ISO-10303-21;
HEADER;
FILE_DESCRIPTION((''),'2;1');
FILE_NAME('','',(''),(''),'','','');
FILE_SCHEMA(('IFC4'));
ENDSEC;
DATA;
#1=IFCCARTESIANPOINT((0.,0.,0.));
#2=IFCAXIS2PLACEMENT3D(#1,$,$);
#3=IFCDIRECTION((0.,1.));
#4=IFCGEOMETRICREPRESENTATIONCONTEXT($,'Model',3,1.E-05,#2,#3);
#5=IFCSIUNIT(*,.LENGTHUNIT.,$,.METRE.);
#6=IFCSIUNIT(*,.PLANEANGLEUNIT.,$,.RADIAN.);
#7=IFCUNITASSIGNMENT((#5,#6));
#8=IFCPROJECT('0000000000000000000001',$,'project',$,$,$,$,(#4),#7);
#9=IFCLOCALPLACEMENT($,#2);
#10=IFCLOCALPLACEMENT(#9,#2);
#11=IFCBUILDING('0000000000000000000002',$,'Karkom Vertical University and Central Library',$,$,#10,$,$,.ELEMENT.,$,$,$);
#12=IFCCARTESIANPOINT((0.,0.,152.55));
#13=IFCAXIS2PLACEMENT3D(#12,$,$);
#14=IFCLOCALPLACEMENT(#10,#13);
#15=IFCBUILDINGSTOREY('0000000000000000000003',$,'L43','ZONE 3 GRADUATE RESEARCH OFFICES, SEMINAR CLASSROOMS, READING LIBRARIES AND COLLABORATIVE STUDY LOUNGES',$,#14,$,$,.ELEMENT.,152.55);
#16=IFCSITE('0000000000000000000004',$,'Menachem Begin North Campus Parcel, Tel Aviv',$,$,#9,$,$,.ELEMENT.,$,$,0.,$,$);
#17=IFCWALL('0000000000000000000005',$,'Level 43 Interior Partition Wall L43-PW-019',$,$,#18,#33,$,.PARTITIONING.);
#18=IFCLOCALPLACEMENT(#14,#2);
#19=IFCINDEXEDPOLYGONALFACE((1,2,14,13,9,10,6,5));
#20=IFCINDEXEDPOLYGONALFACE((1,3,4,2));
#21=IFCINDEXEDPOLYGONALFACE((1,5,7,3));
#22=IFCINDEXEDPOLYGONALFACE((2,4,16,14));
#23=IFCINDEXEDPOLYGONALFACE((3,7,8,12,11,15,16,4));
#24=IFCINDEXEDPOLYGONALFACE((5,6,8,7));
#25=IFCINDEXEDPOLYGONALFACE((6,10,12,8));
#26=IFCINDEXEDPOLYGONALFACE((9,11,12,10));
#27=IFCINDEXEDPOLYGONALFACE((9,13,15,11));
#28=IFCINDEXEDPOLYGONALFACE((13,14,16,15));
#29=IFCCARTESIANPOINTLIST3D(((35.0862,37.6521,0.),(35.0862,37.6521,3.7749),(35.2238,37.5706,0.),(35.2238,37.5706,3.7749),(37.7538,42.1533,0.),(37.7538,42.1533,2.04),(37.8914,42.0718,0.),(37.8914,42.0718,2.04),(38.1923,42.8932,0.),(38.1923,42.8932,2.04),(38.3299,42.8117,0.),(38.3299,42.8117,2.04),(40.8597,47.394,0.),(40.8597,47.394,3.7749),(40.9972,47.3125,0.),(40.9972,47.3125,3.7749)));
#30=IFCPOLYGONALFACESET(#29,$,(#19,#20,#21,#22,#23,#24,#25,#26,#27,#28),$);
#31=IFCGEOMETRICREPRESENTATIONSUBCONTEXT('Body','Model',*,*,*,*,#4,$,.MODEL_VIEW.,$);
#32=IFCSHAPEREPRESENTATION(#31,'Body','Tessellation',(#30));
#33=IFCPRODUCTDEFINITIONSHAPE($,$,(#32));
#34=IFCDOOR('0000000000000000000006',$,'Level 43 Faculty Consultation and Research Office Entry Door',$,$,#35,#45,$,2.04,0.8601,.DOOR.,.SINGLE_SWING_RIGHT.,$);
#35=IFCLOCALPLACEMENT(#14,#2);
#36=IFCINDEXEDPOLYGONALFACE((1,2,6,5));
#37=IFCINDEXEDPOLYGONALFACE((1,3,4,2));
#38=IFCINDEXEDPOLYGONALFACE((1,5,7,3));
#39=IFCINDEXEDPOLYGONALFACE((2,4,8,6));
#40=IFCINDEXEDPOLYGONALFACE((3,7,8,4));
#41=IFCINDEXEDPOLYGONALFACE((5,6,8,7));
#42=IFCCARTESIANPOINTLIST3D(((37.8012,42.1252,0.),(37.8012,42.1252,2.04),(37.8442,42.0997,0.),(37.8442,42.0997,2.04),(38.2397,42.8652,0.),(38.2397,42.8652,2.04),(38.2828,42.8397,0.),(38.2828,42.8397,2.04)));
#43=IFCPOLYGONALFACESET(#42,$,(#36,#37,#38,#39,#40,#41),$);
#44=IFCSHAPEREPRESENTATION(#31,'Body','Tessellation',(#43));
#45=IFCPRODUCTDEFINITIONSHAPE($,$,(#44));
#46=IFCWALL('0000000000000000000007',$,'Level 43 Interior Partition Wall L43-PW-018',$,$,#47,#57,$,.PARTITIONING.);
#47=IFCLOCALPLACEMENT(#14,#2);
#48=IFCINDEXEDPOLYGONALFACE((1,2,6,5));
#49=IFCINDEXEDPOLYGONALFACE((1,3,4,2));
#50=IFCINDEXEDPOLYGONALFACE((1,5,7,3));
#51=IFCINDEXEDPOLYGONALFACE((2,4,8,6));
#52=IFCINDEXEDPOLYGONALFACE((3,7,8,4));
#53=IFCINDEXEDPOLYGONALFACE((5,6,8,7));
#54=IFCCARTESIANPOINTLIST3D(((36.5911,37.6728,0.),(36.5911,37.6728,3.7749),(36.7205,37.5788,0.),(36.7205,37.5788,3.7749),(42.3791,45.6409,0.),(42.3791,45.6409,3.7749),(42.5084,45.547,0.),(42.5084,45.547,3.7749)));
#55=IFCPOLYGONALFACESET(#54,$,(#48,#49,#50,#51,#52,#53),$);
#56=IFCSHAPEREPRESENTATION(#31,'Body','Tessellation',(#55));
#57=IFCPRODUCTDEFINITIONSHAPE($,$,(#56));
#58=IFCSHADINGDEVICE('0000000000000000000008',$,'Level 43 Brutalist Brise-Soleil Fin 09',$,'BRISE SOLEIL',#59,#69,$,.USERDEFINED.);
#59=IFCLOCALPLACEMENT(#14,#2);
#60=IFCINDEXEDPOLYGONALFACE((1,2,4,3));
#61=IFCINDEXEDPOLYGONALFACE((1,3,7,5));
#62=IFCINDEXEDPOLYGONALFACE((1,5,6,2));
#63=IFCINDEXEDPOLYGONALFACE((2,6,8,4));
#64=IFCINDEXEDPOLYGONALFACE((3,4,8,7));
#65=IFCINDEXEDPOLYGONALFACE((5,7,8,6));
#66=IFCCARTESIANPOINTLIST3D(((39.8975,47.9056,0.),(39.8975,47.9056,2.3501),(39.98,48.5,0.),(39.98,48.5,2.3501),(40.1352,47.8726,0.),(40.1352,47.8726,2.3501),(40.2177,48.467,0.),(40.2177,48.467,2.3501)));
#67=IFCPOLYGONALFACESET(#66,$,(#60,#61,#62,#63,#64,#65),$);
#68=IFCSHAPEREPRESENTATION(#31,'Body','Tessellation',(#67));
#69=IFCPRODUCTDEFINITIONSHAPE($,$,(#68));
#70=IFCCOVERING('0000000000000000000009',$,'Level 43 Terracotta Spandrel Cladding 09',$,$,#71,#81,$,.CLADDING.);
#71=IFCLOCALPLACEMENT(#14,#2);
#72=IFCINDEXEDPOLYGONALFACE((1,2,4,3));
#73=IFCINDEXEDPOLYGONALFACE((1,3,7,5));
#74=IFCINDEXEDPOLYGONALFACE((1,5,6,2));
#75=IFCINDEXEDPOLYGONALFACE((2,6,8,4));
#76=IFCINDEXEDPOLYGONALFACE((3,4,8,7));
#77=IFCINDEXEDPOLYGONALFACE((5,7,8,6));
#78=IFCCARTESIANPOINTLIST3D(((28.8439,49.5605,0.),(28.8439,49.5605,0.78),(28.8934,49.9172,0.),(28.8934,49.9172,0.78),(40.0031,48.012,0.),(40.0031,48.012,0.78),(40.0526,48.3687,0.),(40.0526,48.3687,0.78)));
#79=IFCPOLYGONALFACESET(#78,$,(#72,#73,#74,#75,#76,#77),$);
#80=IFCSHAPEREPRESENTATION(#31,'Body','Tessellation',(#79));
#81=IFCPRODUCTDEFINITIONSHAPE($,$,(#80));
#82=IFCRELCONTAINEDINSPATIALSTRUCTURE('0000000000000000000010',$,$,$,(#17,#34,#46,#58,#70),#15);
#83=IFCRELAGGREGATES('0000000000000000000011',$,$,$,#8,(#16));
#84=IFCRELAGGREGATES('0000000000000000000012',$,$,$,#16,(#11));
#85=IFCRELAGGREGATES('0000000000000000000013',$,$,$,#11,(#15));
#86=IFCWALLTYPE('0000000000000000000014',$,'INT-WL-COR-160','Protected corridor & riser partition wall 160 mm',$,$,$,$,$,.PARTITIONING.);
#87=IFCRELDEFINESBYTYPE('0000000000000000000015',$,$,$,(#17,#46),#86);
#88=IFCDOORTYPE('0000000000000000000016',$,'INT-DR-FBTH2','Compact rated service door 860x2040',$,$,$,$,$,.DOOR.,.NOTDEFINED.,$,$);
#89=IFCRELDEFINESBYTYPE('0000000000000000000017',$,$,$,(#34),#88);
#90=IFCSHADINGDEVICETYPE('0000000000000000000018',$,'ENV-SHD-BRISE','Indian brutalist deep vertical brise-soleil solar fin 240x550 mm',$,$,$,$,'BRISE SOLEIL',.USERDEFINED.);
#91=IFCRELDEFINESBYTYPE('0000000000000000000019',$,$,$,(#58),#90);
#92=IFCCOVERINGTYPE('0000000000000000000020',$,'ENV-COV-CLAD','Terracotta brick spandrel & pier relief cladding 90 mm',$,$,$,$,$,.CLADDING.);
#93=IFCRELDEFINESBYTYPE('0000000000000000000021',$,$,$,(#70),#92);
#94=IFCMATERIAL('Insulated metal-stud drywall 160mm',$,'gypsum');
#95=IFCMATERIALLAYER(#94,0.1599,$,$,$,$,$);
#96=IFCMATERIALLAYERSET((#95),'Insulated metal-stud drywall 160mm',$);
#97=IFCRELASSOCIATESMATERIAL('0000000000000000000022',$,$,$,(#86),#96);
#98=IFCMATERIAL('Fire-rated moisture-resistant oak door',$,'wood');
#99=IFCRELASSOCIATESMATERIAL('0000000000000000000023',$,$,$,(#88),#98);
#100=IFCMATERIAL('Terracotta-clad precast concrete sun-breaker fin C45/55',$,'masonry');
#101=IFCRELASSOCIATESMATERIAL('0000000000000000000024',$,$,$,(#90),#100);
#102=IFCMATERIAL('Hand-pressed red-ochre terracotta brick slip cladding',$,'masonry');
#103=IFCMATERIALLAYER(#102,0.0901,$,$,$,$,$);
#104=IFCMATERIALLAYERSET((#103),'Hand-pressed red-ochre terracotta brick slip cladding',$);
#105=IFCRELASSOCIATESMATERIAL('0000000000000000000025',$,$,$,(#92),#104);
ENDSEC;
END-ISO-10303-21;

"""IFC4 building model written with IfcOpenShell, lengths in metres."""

from ifc_helpers import new_model, si_unit, direction, frame, frame_2d, origin, origin_with_axes, origin_2d, place, context, subcontext, project, spatial, rectangle, extrude, source, transform, mapped, material, layer, layer_set, type_object, element, fill, save


model = new_model("IFC4")

# Units and contexts
model_context = context("Model", 3, precision=1e-05, world=origin(), true_north=direction((0.0, 1.0)))
body_context = subcontext(model_context, "Body", "Model", "MODEL_VIEW")
ifc_project = project(units=[si_unit("LENGTHUNIT", "METRE"), si_unit("PLANEANGLEUNIT", "RADIAN")], contexts=[model_context])

# Site, building, storey
site_placement = place(None, origin())
site = spatial("IfcSite", under=ifc_project, at=site_placement, Name="Menachem Begin North Campus Parcel, Tel Aviv", CompositionType="ELEMENT", RefElevation=0.0)
building_placement = place(site_placement, origin())
building = spatial("IfcBuilding", under=site, at=building_placement, Name="Karkom Vertical University and Central Library", CompositionType="ELEMENT")
storey_placement = place(building_placement, frame((0.0, 0.0, 152.55)))
storey = spatial("IfcBuildingStorey", under=building, at=storey_placement, Name="L43", Description="ZONE 3 GRADUATE RESEARCH OFFICES, SEMINAR CLASSROOMS, READING LIBRARIES AND COLLABORATIVE STUDY LOUNGES", CompositionType="ELEMENT", Elevation=152.55)

# Shared definitions
ifc_material_1 = material(Name="Insulated metal-stud drywall 160mm", Category="gypsum")
ifc_layer_1 = layer(ifc_material_1, 0.1599)
ifc_layer_set_1 = layer_set([ifc_layer_1], Name="Insulated metal-stud drywall 160mm")
wall_type_1 = type_object("IfcWallType", Name="INT-WL-COR-160", Description="Protected corridor & riser partition wall 160 mm", PredefinedType="PARTITIONING", material=ifc_layer_set_1)

# Wall, opening, door
wall_1_placement = place(storey_placement, frame((35.155, 37.6113, 0.0), z_axis=(0.0, 0.0, 1.0), x_axis=(0.509831, 0.860275, 0.0)))
wall_1 = element("IfcWall", 1, at=wall_1_placement, inside=storey, type_object=wall_type_1, Name="Level 43 Interior Partition Wall L43-PW-019", PredefinedType="PARTITIONING", context=body_context, shape_type="SweptSolid", body=[
    extrude(rectangle(XDim=11.3242, YDim=0.1599, at=frame_2d((5.6621, 0.0))), origin(), (0.0, 0.0, 1.0), 3.7749),
])
opening_1_placement = place(wall_1_placement, frame((5.2322, 0.0, 0.0)))
opening_1 = element("IfcOpeningElement", 2, at=opening_1_placement, cuts=wall_1, PredefinedType="OPENING", context=body_context, shape_type="SweptSolid", body=[
    extrude(rectangle(XDim=0.8601, YDim=2.04, at=frame_2d((0.4302, 1.02))), frame((0.0, 0.0898, 0.0), z_axis=(0.0, -1.0, 0.0), x_axis=(1.0, 0.0, 0.0)), (0.0, 0.0, 1.0), 0.1799),
])
ifc_material_2 = material(Name="Fire-rated moisture-resistant oak door", Category="wood")
door_type_1 = type_object("IfcDoorType", Name="INT-DR-FBTH2", Description="Compact rated service door 860x2040", OperationType="NOTDEFINED", PredefinedType="DOOR", material=ifc_material_2)
shared_shape_1 = source(origin_with_axes(), body_context, "Body", "SweptSolid", [
    extrude(rectangle(XDim=0.8601, YDim=2.04, at=frame_2d((0.4302, 1.02))), frame((0.0, 0.0249, 0.0), z_axis=(0.0, -1.0, 0.0), x_axis=(1.0, 0.0, 0.0)), (0.0, 0.0, 1.0), 0.05),
])
door_1_placement = place(opening_1_placement, origin())
door_1 = element("IfcDoor", 3, at=door_1_placement, inside=storey, type_object=door_type_1, Name="Level 43 Faculty Consultation and Research Office Entry Door", OperationType="SINGLE_SWING_RIGHT", OverallHeight=2.04, OverallWidth=0.8601, PredefinedType="DOOR", context=body_context, shape_type="MappedRepresentation", body=[
    mapped(shared_shape_1, transform((0.0, 0.0, 0.0), scale=1.0)),
])
fill(opening_1, door_1)

# Wall
wall_2_placement = place(storey_placement, frame((36.6558, 37.6257, 0.0), z_axis=(0.0, 0.0, 1.0), x_axis=(0.587701, 0.809078, 0.0)))
element("IfcWall", 4, at=wall_2_placement, inside=storey, type_object=wall_type_1, Name="Level 43 Interior Partition Wall L43-PW-018", PredefinedType="PARTITIONING", context=body_context, shape_type="SweptSolid", body=[
    extrude(rectangle(XDim=9.8484, YDim=0.1599, at=frame_2d((4.9243, 0.0))), origin(), (0.0, 0.0, 1.0), 3.7749),
])

# Shading device
ifc_material_3 = material(Name="Terracotta-clad precast concrete sun-breaker fin C45/55", Category="masonry")
shading_device_type = type_object("IfcShadingDeviceType", Name="ENV-SHD-BRISE", Description="Indian brutalist deep vertical brise-soleil solar fin 240x550 mm", ElementType="BRISE SOLEIL", PredefinedType="USERDEFINED", material=ifc_material_3)
shared_shape_2 = source(origin_with_axes(), body_context, "Body", "SweptSolid", [
    extrude(rectangle(XDim=0.24, YDim=0.6001, at=origin_2d()), origin(), (0.0, 0.0, 1.0), 2.3501),
])
shading_device_placement = place(storey_placement, frame((40.0576, 48.1863, 0.0), z_axis=(0.0, 0.0, 1.0), x_axis=(-0.990509, 0.137445, 0.0)))
element("IfcShadingDevice", 5, at=shading_device_placement, inside=storey, type_object=shading_device_type, Name="Level 43 Brutalist Brise-Soleil Fin 09", ObjectType="BRISE SOLEIL", PredefinedType="USERDEFINED", context=body_context, shape_type="MappedRepresentation", body=[
    mapped(shared_shape_2, transform((0.0, 0.0, 0.0), scale=1.0)),
])

# Covering
ifc_material_4 = material(Name="Hand-pressed red-ochre terracotta brick slip cladding", Category="masonry")
ifc_layer_2 = layer(ifc_material_4, 0.0901)
ifc_layer_set_2 = layer_set([ifc_layer_2], Name="Hand-pressed red-ochre terracotta brick slip cladding")
covering_type = type_object("IfcCoveringType", Name="ENV-COV-CLAD", Description="Terracotta brick spandrel & pier relief cladding 90 mm", PredefinedType="CLADDING", material=ifc_layer_set_2)
shared_shape_3 = source(origin_with_axes(), body_context, "Body", "SweptSolid", [
    extrude(rectangle(XDim=11.2661, YDim=0.3601, at=origin_2d()), origin(), (0.0, 0.0, 1.0), 0.78),
])
covering_placement = place(storey_placement, frame((34.4482, 48.9646, 0.0), z_axis=(0.0, 0.0, 1.0), x_axis=(-0.990509, 0.137445, 0.0)))
element("IfcCovering", 6, at=covering_placement, inside=storey, type_object=covering_type, Name="Level 43 Terracotta Spandrel Cladding 09", PredefinedType="CLADDING", context=body_context, shape_type="MappedRepresentation", body=[
    mapped(shared_shape_3, transform((0.0, 0.0, 0.0), scale=1.0)),
])

save(model, "model.ifc")
